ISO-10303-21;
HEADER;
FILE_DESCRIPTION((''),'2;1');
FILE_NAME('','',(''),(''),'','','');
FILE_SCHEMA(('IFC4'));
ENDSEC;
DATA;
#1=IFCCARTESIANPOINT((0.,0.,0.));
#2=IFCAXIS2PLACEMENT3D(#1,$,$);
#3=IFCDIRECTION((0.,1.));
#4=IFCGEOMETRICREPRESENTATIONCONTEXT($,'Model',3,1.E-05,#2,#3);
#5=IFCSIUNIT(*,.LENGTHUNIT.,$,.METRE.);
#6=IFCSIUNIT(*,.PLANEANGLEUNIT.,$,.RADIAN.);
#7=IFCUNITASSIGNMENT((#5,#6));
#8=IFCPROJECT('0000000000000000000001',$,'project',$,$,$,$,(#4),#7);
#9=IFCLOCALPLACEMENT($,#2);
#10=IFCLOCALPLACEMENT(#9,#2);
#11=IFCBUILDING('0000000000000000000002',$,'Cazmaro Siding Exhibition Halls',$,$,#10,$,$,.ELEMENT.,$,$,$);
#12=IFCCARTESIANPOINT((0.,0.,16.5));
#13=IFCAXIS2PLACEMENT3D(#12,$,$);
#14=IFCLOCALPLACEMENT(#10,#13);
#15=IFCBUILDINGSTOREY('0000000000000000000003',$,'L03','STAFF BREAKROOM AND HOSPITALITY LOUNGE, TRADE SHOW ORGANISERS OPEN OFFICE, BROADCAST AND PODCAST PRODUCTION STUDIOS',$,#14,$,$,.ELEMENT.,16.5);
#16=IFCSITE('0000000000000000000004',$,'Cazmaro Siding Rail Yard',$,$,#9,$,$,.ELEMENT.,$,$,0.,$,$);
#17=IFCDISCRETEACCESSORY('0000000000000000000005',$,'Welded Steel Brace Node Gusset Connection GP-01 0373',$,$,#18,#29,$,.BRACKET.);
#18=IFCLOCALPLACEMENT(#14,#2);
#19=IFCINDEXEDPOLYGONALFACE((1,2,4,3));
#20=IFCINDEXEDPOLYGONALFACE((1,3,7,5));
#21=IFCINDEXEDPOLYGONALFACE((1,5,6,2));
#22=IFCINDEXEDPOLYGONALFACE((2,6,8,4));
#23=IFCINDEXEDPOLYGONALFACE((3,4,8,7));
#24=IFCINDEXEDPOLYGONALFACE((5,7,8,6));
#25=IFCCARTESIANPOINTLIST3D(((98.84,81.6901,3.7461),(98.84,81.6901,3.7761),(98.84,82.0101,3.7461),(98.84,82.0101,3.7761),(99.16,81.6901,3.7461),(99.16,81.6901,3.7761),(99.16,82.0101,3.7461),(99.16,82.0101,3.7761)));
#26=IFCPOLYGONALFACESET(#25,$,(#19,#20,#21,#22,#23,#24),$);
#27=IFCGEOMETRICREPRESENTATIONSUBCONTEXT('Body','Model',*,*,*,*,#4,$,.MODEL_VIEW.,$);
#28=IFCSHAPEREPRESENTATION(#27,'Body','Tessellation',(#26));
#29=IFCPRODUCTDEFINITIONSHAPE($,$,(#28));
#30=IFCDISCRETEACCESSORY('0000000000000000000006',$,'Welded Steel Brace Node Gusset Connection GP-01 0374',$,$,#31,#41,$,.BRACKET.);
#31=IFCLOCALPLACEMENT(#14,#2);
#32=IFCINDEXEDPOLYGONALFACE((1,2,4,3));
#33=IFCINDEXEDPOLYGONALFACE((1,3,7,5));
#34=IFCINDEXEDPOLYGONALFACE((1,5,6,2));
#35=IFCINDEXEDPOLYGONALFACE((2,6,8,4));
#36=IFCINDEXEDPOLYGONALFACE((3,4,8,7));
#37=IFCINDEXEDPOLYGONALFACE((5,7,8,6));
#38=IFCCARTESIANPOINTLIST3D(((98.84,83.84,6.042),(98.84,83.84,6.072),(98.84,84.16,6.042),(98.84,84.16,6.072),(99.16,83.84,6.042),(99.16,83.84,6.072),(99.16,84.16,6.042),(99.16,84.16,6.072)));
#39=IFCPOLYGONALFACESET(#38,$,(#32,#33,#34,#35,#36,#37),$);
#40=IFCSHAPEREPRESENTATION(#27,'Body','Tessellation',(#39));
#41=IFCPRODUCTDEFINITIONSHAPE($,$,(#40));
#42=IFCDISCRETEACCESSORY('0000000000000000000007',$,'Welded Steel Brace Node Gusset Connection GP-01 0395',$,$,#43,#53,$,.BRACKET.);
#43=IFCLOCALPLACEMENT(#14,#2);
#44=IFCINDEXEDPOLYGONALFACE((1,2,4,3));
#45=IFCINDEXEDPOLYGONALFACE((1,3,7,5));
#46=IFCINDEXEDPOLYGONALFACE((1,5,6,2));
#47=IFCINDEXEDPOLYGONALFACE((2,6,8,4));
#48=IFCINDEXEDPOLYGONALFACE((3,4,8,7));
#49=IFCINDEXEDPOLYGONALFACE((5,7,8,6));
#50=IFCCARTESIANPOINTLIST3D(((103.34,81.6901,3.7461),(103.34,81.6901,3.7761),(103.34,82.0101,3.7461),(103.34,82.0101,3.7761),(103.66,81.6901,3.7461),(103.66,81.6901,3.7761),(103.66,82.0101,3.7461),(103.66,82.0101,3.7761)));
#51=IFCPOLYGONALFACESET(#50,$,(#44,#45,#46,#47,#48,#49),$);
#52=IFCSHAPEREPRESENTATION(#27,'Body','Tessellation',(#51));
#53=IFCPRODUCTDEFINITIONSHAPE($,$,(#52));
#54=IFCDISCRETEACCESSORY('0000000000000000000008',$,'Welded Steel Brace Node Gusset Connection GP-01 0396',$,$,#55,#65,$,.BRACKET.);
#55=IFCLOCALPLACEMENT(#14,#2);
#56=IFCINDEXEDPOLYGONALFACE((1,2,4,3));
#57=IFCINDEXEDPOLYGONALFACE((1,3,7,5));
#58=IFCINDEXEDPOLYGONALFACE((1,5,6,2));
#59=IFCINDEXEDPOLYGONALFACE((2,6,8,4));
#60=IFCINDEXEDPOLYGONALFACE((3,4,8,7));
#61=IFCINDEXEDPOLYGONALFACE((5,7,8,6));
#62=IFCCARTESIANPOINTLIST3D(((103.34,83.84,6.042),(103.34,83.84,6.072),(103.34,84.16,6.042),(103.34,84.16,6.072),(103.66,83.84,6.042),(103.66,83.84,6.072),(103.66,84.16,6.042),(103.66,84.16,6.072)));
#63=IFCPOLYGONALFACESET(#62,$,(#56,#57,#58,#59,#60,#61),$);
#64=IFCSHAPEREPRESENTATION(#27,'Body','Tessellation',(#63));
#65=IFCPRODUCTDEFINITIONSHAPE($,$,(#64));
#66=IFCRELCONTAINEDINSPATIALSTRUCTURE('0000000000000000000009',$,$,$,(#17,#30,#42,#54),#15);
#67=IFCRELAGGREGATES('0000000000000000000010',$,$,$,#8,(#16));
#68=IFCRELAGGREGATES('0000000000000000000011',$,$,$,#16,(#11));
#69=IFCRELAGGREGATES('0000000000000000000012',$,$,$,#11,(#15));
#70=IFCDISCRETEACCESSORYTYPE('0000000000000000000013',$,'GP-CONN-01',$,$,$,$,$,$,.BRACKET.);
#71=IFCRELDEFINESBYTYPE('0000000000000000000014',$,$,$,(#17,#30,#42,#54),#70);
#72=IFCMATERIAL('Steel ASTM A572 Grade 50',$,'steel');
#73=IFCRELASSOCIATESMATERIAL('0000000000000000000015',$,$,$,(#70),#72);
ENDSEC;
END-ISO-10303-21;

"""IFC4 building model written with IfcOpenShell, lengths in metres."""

from ifc_helpers import new_model, si_unit, direction, frame, origin, origin_2d, place, context, subcontext, project, spatial, rectangle, extrude, material, type_object, element, save


model = new_model("IFC4")

# Units and contexts
model_context = context("Model", 3, precision=1e-05, world=origin(), true_north=direction((0.0, 1.0)))
body_context = subcontext(model_context, "Body", "Model", "MODEL_VIEW")
ifc_project = project(units=[si_unit("LENGTHUNIT", "METRE"), si_unit("PLANEANGLEUNIT", "RADIAN")], contexts=[model_context])

# Site, building, storey
site_placement = place(None, origin())
site = spatial("IfcSite", under=ifc_project, at=site_placement, Name="Cazmaro Siding Rail Yard", CompositionType="ELEMENT", RefElevation=0.0)
building_placement = place(site_placement, origin())
building = spatial("IfcBuilding", under=site, at=building_placement, Name="Cazmaro Siding Exhibition Halls", CompositionType="ELEMENT")
storey_placement = place(building_placement, frame((0.0, 0.0, 16.5)))
storey = spatial("IfcBuildingStorey", under=building, at=storey_placement, Name="L03", Description="STAFF BREAKROOM AND HOSPITALITY LOUNGE, TRADE SHOW ORGANISERS OPEN OFFICE, BROADCAST AND PODCAST PRODUCTION STUDIOS", CompositionType="ELEMENT", Elevation=16.5)

# Discrete accessories
ifc_material_1 = material(Name="Steel ASTM A572 Grade 50", Category="steel")
discrete_accessory_type = type_object("IfcDiscreteAccessoryType", Name="GP-CONN-01", PredefinedType="BRACKET", material=ifc_material_1)
for number, where, z_axis, x_axis, name in (
    (1, (99.0, 81.8501, 3.7461), (0.0, 0.0, 1.0), (1.0, 0.0, 0.0), "Welded Steel Brace Node Gusset Connection GP-01 0373"),
    (2, (99.0, 84.0, 6.042), (0.0, 0.0, 1.0), (1.0, 0.0, 0.0), "Welded Steel Brace Node Gusset Connection GP-01 0374"),
    (3, (103.5, 81.8501, 3.7461), (0.0, 0.0, 1.0), (1.0, 0.0, 0.0), "Welded Steel Brace Node Gusset Connection GP-01 0395"),
    (4, (103.5, 84.0, 6.042), (0.0, 0.0, 1.0), (1.0, 0.0, 0.0), "Welded Steel Brace Node Gusset Connection GP-01 0396"),
):
    element("IfcDiscreteAccessory", number, at=place(storey_placement, frame(where, z_axis=z_axis, x_axis=x_axis)), inside=storey, type_object=discrete_accessory_type, Name=name, PredefinedType="BRACKET", context=body_context, shape_type="SweptSolid", body=[
        extrude(rectangle(XDim=0.3201, YDim=0.3201, at=origin_2d()), origin(), (0.0, 0.0, 1.0), 0.03),
    ])

save(model, "model.ifc")
